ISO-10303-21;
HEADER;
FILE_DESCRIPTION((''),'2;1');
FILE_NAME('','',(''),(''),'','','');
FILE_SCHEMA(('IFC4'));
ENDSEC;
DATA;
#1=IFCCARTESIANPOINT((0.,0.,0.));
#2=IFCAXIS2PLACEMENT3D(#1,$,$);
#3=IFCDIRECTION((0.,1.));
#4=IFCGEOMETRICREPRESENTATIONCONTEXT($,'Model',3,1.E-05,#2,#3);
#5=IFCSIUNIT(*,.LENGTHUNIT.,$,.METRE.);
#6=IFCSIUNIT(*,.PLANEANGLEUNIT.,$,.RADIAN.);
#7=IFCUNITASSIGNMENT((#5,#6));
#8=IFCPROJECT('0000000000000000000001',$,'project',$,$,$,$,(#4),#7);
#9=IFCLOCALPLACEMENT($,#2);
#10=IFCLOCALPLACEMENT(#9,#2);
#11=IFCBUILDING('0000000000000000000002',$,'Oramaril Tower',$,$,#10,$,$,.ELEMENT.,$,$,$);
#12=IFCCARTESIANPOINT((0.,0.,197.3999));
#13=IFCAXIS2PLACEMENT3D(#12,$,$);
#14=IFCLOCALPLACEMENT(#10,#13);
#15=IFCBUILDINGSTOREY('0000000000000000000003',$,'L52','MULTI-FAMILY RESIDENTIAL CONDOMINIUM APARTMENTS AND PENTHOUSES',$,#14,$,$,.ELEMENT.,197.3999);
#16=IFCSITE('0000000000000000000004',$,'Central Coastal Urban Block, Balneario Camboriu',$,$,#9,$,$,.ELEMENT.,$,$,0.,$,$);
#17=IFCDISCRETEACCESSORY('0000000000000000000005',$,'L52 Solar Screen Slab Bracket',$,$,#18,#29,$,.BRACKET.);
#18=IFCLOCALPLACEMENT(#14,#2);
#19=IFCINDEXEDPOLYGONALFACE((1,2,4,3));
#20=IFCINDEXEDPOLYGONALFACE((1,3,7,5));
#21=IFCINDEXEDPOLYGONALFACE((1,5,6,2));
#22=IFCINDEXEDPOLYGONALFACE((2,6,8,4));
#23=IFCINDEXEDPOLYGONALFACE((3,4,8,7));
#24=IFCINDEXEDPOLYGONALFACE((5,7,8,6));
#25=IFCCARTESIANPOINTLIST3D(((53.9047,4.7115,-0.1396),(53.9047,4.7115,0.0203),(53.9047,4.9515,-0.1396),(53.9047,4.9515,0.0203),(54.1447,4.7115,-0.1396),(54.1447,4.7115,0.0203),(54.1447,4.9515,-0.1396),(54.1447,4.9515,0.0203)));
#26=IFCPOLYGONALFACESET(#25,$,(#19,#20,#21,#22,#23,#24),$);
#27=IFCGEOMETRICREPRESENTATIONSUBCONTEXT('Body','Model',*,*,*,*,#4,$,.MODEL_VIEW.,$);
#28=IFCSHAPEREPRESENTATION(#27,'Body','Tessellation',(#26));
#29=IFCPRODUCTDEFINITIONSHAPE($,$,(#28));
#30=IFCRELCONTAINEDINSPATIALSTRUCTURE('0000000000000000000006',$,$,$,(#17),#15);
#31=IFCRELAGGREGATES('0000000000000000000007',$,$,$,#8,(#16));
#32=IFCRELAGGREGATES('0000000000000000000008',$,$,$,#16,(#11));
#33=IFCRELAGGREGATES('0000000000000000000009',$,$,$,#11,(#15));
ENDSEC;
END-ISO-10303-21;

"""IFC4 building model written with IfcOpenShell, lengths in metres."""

from ifc_helpers import new_model, si_unit, direction, frame, origin, origin_2d, place, context, subcontext, project, spatial, rectangle, extrude, element, save


model = new_model("IFC4")

# Units and contexts
model_context = context("Model", 3, precision=1e-05, world=origin(), true_north=direction((0.0, 1.0)))
body_context = subcontext(model_context, "Body", "Model", "MODEL_VIEW")
ifc_project = project(units=[si_unit("LENGTHUNIT", "METRE"), si_unit("PLANEANGLEUNIT", "RADIAN")], contexts=[model_context])

# Site, building, storey
site_placement = place(None, origin())
site = spatial("IfcSite", under=ifc_project, at=site_placement, Name="Central Coastal Urban Block, Balneario Camboriu", CompositionType="ELEMENT", RefElevation=0.0)
building_placement = place(site_placement, origin())
building = spatial("IfcBuilding", under=site, at=building_placement, Name="Oramaril Tower", CompositionType="ELEMENT")
storey_placement = place(building_placement, frame((0.0, 0.0, 197.3999)))
storey = spatial("IfcBuildingStorey", under=building, at=storey_placement, Name="L52", Description="MULTI-FAMILY RESIDENTIAL CONDOMINIUM APARTMENTS AND PENTHOUSES", CompositionType="ELEMENT", Elevation=197.3999)

# Discrete accessory
discrete_accessory_placement = place(storey_placement, frame((54.0247, 4.8315, -0.1396), z_axis=(0.0, 0.0, 1.0), x_axis=(1.0, 0.0, 0.0)))
element("IfcDiscreteAccessory", 1, at=discrete_accessory_placement, inside=storey, Name="L52 Solar Screen Slab Bracket", PredefinedType="BRACKET", context=body_context, shape_type="SweptSolid", body=[
    extrude(rectangle(XDim=0.24, YDim=0.24, at=origin_2d()), origin(), (0.0, 0.0, 1.0), 0.1599),
])

save(model, "model.ifc")
